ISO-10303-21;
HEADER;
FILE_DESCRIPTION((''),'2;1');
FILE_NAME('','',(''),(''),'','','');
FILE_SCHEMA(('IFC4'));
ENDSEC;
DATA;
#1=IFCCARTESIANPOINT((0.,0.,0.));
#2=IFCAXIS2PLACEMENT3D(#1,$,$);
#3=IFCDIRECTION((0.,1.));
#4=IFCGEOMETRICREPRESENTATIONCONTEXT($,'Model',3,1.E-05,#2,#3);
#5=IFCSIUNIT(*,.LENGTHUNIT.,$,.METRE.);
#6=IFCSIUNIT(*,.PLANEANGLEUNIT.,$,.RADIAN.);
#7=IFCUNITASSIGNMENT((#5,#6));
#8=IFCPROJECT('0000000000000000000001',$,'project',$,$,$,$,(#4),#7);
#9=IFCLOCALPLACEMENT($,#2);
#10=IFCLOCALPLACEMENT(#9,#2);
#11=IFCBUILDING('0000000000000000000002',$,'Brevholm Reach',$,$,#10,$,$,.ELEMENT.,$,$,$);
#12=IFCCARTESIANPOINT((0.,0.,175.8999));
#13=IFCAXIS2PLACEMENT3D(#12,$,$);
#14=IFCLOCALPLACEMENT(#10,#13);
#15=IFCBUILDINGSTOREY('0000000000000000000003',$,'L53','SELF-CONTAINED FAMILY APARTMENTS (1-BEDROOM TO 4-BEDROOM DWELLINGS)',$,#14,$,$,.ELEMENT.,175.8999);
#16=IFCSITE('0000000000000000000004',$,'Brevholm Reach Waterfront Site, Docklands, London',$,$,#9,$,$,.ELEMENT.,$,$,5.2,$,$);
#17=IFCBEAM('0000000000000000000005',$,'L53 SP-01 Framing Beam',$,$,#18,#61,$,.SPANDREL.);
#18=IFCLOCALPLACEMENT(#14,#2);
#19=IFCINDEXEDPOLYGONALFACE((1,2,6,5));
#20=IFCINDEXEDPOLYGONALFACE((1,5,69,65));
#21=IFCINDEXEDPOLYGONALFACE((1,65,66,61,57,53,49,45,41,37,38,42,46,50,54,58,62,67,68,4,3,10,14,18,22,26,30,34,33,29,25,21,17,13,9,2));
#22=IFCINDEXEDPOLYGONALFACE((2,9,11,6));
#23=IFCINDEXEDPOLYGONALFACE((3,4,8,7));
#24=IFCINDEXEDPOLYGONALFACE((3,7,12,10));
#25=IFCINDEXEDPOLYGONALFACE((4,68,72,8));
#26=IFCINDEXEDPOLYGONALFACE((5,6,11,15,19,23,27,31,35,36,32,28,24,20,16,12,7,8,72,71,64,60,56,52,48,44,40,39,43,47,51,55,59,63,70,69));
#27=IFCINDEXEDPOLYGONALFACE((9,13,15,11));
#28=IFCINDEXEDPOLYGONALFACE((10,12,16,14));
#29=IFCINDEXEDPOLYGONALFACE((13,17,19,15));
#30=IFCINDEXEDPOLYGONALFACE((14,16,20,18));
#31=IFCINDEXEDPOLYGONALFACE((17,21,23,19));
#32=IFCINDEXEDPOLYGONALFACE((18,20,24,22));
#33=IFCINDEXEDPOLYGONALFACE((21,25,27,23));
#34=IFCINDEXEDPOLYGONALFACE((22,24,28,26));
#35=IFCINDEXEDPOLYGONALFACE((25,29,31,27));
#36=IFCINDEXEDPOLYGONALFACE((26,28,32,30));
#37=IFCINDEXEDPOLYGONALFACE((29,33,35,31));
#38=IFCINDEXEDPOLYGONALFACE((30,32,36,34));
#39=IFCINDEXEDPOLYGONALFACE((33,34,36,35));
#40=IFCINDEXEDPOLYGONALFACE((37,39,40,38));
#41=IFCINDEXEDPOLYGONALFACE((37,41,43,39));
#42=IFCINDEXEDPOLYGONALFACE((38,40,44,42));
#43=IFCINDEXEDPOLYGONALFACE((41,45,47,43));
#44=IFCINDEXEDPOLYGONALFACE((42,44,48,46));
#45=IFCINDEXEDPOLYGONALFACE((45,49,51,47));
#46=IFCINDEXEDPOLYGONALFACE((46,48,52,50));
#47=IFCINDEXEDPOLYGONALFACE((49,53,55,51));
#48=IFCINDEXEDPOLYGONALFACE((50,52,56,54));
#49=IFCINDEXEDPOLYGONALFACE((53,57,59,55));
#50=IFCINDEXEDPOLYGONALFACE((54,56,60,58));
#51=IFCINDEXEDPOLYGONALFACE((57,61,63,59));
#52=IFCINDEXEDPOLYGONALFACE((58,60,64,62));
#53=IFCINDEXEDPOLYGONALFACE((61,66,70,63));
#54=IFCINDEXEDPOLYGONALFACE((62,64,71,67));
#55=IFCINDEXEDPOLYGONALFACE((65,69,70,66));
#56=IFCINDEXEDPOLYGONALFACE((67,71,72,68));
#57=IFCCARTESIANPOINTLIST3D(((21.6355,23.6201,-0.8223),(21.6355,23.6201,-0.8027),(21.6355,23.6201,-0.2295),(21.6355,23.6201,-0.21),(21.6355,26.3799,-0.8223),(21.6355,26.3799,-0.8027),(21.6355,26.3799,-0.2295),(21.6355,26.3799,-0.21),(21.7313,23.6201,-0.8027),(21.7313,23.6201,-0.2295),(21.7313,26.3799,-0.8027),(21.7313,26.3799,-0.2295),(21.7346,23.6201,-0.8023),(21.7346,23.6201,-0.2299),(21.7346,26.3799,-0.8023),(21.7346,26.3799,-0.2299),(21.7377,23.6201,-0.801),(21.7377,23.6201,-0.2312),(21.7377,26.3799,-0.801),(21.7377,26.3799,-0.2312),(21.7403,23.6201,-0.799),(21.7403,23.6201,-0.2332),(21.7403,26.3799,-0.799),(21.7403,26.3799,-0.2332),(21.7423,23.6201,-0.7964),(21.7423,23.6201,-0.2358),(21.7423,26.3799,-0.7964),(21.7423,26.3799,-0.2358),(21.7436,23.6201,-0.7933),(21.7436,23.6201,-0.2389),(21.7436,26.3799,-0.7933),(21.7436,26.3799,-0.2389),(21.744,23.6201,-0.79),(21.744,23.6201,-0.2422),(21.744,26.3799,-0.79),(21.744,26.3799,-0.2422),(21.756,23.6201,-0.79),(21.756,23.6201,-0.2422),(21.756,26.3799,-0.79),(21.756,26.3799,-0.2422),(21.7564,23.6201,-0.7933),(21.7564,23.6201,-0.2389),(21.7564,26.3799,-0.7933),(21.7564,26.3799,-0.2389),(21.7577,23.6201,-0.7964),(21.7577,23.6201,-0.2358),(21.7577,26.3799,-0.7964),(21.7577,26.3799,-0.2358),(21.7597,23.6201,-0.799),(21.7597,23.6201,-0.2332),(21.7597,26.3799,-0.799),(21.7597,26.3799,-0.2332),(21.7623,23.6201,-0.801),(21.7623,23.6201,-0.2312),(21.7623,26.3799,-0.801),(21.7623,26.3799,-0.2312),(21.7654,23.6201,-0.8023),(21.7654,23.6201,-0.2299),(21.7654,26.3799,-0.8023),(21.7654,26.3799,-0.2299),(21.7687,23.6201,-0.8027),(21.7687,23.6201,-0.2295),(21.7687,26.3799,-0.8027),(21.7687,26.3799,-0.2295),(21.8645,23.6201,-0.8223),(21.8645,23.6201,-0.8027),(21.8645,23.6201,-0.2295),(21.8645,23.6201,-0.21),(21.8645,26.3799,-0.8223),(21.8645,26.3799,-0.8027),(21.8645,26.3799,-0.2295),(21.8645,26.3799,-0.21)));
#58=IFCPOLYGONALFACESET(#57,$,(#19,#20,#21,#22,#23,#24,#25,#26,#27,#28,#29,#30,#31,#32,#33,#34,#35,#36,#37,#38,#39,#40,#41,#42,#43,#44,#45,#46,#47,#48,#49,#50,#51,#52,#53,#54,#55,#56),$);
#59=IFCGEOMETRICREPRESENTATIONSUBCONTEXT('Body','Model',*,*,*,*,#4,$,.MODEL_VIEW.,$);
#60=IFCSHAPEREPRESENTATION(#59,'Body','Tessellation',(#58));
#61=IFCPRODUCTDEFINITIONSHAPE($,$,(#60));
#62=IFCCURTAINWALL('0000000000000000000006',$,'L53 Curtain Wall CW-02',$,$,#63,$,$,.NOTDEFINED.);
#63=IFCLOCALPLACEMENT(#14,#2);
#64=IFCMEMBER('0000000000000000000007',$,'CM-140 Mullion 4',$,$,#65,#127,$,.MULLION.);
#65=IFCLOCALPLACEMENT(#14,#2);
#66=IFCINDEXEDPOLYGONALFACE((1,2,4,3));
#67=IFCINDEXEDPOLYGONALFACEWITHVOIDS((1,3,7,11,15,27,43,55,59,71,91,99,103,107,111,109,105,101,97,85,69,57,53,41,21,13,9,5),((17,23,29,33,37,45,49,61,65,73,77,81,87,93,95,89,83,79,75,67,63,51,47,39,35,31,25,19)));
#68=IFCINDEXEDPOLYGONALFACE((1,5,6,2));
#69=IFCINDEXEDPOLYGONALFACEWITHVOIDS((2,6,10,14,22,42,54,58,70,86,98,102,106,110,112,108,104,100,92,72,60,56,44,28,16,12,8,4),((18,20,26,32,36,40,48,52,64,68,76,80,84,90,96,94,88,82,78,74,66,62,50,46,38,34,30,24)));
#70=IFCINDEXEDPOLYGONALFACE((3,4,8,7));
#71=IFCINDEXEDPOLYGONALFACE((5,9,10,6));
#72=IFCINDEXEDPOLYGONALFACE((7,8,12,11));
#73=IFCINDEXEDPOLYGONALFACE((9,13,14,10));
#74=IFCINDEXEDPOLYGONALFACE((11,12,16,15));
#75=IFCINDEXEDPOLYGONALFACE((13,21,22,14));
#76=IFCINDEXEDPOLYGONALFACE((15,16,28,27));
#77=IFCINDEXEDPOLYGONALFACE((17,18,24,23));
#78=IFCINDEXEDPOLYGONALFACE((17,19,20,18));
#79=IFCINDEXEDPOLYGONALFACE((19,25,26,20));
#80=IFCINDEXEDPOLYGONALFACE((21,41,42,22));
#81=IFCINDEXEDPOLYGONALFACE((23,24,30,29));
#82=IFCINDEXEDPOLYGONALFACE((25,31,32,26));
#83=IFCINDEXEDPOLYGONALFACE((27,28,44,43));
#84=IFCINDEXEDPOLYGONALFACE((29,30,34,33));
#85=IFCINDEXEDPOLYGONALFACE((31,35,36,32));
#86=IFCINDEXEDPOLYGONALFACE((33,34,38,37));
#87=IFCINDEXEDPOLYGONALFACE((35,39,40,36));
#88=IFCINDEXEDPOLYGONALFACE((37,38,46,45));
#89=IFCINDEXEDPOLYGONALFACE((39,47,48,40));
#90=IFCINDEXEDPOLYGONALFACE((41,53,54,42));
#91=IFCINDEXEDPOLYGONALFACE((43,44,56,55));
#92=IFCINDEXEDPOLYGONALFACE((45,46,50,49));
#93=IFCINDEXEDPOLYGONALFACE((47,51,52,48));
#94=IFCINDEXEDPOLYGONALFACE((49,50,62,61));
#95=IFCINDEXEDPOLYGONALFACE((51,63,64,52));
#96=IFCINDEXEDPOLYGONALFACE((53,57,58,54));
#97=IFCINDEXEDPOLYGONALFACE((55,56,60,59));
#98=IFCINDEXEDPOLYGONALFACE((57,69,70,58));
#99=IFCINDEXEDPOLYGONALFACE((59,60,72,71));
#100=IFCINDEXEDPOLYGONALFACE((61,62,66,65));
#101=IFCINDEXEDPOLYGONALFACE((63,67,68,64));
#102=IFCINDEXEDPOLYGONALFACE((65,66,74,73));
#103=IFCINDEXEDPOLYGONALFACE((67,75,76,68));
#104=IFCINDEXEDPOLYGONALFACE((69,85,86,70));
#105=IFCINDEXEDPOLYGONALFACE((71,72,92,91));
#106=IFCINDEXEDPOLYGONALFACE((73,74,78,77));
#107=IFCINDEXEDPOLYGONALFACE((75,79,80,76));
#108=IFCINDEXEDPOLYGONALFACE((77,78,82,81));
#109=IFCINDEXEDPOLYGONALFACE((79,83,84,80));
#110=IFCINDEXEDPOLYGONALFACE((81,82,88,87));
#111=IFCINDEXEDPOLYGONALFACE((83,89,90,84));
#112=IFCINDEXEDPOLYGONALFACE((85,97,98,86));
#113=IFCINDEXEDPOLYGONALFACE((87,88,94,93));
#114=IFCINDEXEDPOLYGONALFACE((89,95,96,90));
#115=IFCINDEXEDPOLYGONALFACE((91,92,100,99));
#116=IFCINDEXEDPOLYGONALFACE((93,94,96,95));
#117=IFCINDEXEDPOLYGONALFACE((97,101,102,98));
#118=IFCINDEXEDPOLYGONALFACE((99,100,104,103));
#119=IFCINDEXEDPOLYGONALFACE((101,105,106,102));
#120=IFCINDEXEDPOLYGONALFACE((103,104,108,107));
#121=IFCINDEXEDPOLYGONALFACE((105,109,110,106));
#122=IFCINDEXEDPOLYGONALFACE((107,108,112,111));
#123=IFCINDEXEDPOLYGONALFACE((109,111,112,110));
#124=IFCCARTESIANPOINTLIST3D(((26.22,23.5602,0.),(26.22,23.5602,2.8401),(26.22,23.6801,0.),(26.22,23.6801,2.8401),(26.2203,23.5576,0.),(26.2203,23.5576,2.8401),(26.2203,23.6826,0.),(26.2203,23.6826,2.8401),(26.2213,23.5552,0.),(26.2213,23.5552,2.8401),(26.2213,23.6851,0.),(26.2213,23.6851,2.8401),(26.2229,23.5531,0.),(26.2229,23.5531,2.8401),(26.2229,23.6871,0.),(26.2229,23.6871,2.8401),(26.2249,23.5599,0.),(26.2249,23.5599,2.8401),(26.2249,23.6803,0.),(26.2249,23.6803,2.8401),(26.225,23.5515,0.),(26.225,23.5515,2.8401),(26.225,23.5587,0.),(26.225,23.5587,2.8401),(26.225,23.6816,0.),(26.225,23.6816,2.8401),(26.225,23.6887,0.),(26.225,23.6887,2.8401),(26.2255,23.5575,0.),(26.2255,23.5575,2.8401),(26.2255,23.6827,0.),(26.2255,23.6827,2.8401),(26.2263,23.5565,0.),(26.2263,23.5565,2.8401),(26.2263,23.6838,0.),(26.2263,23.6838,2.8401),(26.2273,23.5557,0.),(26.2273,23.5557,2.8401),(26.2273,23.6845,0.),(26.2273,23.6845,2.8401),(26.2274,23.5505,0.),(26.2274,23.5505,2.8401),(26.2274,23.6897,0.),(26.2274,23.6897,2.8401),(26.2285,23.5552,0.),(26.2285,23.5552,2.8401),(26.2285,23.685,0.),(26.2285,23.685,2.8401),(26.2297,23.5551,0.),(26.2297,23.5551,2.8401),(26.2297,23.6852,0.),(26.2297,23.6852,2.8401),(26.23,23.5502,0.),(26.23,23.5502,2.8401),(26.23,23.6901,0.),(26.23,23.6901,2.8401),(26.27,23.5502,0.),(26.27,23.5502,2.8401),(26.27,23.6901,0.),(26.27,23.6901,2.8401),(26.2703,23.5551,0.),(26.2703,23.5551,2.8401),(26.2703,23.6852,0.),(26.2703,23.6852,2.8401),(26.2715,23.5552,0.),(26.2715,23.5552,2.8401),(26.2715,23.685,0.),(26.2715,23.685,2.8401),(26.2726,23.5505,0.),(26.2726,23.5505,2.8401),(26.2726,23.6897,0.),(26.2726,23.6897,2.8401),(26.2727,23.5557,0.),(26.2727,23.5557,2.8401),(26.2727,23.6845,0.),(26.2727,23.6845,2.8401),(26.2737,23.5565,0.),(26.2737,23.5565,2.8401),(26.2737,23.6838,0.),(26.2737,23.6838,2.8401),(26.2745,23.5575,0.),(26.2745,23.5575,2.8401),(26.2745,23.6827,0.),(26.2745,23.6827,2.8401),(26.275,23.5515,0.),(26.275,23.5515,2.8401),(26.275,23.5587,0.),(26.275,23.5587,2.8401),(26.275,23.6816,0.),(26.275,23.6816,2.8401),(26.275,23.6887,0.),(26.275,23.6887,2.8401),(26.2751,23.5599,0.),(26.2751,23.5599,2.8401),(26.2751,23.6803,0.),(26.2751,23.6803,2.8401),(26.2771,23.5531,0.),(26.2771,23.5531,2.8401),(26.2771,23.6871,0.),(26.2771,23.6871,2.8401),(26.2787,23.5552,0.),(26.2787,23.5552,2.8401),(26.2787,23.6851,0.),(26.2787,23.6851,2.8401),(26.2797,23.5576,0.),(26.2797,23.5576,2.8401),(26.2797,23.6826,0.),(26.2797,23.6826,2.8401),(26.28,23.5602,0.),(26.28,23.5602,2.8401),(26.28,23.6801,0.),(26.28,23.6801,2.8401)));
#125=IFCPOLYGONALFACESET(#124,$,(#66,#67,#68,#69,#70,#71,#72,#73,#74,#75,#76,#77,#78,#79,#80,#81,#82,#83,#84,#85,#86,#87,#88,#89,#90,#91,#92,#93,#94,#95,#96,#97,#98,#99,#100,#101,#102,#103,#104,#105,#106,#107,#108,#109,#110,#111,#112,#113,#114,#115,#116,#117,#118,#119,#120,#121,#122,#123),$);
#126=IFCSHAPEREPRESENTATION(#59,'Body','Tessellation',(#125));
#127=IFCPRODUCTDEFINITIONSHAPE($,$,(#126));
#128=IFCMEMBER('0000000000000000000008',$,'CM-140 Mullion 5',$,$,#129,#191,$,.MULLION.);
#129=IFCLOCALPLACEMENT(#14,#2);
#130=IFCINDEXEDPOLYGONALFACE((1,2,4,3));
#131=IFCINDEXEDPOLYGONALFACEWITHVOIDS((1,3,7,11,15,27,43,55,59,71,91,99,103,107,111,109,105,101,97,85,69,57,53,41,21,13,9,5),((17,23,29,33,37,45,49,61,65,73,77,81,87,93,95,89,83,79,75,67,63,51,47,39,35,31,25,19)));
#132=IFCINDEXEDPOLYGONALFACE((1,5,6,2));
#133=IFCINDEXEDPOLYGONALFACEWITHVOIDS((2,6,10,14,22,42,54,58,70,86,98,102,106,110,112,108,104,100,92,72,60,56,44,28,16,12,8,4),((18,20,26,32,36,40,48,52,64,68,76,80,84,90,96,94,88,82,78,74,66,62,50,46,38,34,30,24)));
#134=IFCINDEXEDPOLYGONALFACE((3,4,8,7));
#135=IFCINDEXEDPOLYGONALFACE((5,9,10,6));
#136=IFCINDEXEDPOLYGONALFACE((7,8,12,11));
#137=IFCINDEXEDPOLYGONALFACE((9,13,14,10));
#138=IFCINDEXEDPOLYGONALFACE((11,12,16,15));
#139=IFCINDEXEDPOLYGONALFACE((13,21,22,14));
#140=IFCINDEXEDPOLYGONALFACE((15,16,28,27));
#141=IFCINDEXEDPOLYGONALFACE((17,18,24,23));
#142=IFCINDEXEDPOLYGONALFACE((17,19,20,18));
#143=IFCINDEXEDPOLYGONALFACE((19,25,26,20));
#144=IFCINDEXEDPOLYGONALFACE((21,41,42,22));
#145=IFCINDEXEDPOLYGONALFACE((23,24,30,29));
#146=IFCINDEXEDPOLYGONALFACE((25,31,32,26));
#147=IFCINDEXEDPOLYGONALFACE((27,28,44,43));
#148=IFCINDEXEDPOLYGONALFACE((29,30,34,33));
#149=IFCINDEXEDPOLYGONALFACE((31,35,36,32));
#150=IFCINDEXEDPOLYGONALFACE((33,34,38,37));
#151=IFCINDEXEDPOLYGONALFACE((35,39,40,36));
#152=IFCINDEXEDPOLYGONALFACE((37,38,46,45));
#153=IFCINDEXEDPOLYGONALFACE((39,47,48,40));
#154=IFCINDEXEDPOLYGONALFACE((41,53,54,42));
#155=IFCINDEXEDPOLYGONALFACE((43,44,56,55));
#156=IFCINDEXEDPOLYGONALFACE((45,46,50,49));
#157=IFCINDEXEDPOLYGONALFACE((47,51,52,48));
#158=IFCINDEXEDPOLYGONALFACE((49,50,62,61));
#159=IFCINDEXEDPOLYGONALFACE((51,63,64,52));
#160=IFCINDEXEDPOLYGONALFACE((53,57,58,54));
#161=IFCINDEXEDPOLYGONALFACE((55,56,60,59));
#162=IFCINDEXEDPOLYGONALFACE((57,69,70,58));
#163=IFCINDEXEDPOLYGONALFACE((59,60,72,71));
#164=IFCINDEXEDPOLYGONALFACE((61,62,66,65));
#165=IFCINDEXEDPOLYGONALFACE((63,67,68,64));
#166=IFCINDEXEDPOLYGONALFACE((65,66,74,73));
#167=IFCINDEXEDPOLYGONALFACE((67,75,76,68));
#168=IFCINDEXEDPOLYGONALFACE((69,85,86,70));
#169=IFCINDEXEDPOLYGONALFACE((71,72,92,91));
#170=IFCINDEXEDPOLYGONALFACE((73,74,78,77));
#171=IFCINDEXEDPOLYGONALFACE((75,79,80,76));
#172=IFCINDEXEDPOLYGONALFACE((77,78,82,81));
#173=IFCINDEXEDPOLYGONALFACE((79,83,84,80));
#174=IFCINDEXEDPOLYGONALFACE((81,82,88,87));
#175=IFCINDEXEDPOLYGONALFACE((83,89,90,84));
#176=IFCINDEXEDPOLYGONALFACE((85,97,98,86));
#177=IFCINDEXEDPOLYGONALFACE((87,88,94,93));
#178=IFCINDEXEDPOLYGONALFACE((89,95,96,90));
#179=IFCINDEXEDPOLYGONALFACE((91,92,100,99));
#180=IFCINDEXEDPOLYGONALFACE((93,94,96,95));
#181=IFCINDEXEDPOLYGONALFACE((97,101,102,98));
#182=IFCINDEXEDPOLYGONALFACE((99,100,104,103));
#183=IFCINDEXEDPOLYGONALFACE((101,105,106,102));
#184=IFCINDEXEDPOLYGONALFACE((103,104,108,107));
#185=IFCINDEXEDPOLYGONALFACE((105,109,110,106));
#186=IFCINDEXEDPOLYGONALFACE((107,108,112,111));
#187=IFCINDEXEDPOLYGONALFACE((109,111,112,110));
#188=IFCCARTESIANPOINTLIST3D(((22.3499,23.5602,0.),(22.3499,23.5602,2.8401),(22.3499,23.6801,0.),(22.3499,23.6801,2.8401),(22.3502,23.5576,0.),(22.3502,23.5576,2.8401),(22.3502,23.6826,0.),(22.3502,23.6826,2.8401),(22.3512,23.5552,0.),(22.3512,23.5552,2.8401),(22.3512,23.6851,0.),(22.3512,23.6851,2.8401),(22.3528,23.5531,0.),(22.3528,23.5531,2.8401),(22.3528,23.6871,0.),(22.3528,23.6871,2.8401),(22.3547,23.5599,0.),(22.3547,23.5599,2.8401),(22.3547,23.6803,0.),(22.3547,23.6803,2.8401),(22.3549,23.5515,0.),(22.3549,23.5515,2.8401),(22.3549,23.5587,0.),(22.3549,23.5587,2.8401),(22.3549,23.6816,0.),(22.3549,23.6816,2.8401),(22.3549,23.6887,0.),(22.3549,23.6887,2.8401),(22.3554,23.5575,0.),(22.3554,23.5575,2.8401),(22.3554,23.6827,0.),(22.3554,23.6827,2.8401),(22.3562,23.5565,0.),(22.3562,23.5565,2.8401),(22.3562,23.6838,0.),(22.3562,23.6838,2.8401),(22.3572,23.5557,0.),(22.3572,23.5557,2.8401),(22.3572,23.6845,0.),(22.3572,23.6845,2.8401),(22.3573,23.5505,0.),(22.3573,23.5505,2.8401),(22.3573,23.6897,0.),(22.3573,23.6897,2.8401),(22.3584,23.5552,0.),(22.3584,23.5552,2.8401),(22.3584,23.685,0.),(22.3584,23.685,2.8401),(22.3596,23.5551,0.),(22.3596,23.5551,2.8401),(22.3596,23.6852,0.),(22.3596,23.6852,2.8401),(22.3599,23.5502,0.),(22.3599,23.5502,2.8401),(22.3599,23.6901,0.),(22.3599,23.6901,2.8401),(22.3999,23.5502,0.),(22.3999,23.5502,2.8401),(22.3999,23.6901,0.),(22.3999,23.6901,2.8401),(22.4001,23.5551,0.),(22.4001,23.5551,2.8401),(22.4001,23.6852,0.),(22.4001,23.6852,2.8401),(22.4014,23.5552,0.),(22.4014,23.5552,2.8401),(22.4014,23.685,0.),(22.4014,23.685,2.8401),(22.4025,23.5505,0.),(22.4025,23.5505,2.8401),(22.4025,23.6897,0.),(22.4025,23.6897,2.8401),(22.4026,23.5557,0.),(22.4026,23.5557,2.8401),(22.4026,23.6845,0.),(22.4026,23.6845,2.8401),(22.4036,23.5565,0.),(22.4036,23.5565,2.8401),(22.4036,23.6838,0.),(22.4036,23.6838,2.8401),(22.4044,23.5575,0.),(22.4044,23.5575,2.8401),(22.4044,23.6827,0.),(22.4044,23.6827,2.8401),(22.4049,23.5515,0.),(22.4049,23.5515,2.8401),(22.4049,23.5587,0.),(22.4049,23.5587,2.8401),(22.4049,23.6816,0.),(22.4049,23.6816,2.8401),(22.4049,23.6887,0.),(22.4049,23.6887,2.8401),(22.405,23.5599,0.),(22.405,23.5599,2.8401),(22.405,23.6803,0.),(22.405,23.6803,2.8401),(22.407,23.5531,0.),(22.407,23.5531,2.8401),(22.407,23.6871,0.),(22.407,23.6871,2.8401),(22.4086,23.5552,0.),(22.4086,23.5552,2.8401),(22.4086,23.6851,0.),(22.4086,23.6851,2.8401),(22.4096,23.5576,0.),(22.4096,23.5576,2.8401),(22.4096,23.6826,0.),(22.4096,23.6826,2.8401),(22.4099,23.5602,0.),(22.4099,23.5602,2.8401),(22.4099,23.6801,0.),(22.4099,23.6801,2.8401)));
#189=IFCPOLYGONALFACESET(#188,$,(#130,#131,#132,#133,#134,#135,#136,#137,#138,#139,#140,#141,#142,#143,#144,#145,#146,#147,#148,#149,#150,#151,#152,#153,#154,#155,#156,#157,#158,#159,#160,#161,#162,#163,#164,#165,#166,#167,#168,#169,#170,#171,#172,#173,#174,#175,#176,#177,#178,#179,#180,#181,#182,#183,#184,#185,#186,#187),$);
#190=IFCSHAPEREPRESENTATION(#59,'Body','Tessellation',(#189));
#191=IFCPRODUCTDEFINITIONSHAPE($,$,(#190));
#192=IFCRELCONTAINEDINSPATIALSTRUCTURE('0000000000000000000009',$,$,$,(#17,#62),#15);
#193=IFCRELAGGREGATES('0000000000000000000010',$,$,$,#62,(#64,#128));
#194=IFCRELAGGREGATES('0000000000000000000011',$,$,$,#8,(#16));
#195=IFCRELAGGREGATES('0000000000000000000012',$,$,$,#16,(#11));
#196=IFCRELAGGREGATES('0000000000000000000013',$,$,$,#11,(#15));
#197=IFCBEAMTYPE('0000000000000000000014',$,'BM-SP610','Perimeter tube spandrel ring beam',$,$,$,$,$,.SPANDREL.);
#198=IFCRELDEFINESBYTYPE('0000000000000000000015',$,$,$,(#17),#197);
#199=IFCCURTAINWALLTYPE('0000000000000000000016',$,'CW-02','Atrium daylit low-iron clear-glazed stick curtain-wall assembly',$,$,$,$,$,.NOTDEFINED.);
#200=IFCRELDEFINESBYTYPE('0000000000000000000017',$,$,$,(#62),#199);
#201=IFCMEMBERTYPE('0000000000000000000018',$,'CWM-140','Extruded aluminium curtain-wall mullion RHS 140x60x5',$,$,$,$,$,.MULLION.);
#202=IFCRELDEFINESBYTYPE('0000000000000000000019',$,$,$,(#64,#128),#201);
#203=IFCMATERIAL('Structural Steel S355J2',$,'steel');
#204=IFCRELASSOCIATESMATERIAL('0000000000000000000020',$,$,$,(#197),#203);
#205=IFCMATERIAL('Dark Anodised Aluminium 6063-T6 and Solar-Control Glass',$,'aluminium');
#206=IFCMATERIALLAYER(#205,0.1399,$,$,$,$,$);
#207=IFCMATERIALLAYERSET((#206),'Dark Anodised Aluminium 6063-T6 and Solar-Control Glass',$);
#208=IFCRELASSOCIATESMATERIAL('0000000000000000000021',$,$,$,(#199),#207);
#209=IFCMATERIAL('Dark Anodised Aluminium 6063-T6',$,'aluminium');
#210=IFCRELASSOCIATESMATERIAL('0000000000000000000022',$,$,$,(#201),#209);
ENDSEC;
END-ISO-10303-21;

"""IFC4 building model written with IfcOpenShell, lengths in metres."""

from ifc_helpers import new_model, si_unit, direction, frame, origin, origin_2d, place, context, subcontext, project, spatial, hollow_rectangle, i_section, extrude, material, layer, layer_set, material_profile, profile_set, type_object, element, aggregate, save


model = new_model("IFC4")

# Units and contexts
model_context = context("Model", 3, precision=1e-05, world=origin(), true_north=direction((0.0, 1.0)))
body_context = subcontext(model_context, "Body", "Model", "MODEL_VIEW")
ifc_project = project(units=[si_unit("LENGTHUNIT", "METRE"), si_unit("PLANEANGLEUNIT", "RADIAN")], contexts=[model_context])

# Site, building, storey
site_placement = place(None, origin())
site = spatial("IfcSite", under=ifc_project, at=site_placement, Name="Brevholm Reach Waterfront Site, Docklands, London", CompositionType="ELEMENT", RefElevation=5.2)
building_placement = place(site_placement, origin())
building = spatial("IfcBuilding", under=site, at=building_placement, Name="Brevholm Reach", CompositionType="ELEMENT")
storey_placement = place(building_placement, frame((0.0, 0.0, 175.8999)))
storey = spatial("IfcBuildingStorey", under=building, at=storey_placement, Name="L53", Description="SELF-CONTAINED FAMILY APARTMENTS (1-BEDROOM TO 4-BEDROOM DWELLINGS)", CompositionType="ELEMENT", Elevation=175.8999)

# Beam
ifc_material_1 = material(Name="Structural Steel S355J2", Category="steel")
ifc_material_profile_1 = material_profile(ifc_material_1, i_section(OverallWidth=0.229, OverallDepth=0.6123, WebThickness=0.012, FlangeThickness=0.0195, FilletRadius=0.0127, at=origin_2d()), Name="UKB 610x229x125")
ifc_profile_set_1 = profile_set([ifc_material_profile_1], Name="Structural Steel S355J2")
beam_type_1 = type_object("IfcBeamType", Name="BM-SP610", Description="Perimeter tube spandrel ring beam", PredefinedType="SPANDREL", material=ifc_profile_set_1)
beam_1_placement = place(storey_placement, frame((21.75, 23.6201, -0.5161), z_axis=(0.0, 1.0, 0.0), x_axis=(-1.0, 0.0, 0.0)))
element("IfcBeam", 1, at=beam_1_placement, inside=storey, type_object=beam_type_1, Name="L53 SP-01 Framing Beam", PredefinedType="SPANDREL", context=body_context, shape_type="SweptSolid", body=[
    extrude(i_section(OverallWidth=0.229, OverallDepth=0.6123, WebThickness=0.012, FlangeThickness=0.0195, FilletRadius=0.0127, at=origin_2d()), origin(), (0.0, 0.0, 1.0), 2.7598),
])

# Curtain wall, members
ifc_material_2 = material(Name="Dark Anodised Aluminium 6063-T6 and Solar-Control Glass", Category="aluminium")
ifc_layer_1 = layer(ifc_material_2, 0.1399)
ifc_layer_set_1 = layer_set([ifc_layer_1], Name="Dark Anodised Aluminium 6063-T6 and Solar-Control Glass")
curtain_wall_type_1 = type_object("IfcCurtainWallType", Name="CW-02", Description="Atrium daylit low-iron clear-glazed stick curtain-wall assembly", PredefinedType="NOTDEFINED", material=ifc_layer_set_1)
curtain_wall_1_placement = place(storey_placement, origin())
curtain_wall_1 = element("IfcCurtainWall", 2, at=curtain_wall_1_placement, inside=storey, type_object=curtain_wall_type_1, Name="L53 Curtain Wall CW-02", PredefinedType="NOTDEFINED")
ifc_material_3 = material(Name="Dark Anodised Aluminium 6063-T6", Category="aluminium")
ifc_material_profile_2 = material_profile(ifc_material_3, hollow_rectangle(XDim=0.0601, YDim=0.1399, WallThickness=0.0049, InnerFilletRadius=0.0049, OuterFilletRadius=0.01, at=origin_2d()), Name="RHS 140x60x5")
ifc_profile_set_2 = profile_set([ifc_material_profile_2], Name="Dark Anodised Aluminium 6063-T6")
member_type_1 = type_object("IfcMemberType", Name="CWM-140", Description="Extruded aluminium curtain-wall mullion RHS 140x60x5", PredefinedType="MULLION", material=ifc_profile_set_2)
member_1_placement = place(storey_placement, frame((26.25, 23.6201, 0.0), z_axis=(0.0, 0.0, 1.0), x_axis=(-1.0, 0.0, 0.0)))
member_1 = element("IfcMember", 3, at=member_1_placement, type_object=member_type_1, Name="CM-140 Mullion 4", PredefinedType="MULLION", context=body_context, shape_type="SweptSolid", body=[
    extrude(hollow_rectangle(XDim=0.0601, YDim=0.1399, WallThickness=0.0049, InnerFilletRadius=0.0049, OuterFilletRadius=0.01, at=origin_2d()), origin(), (0.0, 0.0, 1.0), 2.8401),
])
member_2_placement = place(storey_placement, frame((22.3799, 23.6201, 0.0), z_axis=(0.0, 0.0, 1.0), x_axis=(-1.0, 0.0, 0.0)))
member_2 = element("IfcMember", 4, at=member_2_placement, type_object=member_type_1, Name="CM-140 Mullion 5", PredefinedType="MULLION", context=body_context, shape_type="SweptSolid", body=[
    extrude(hollow_rectangle(XDim=0.0601, YDim=0.1399, WallThickness=0.0049, InnerFilletRadius=0.0049, OuterFilletRadius=0.01, at=origin_2d()), origin(), (0.0, 0.0, 1.0), 2.8401),
])

aggregate(curtain_wall_1, [member_1, member_2])

save(model, "model.ifc")
